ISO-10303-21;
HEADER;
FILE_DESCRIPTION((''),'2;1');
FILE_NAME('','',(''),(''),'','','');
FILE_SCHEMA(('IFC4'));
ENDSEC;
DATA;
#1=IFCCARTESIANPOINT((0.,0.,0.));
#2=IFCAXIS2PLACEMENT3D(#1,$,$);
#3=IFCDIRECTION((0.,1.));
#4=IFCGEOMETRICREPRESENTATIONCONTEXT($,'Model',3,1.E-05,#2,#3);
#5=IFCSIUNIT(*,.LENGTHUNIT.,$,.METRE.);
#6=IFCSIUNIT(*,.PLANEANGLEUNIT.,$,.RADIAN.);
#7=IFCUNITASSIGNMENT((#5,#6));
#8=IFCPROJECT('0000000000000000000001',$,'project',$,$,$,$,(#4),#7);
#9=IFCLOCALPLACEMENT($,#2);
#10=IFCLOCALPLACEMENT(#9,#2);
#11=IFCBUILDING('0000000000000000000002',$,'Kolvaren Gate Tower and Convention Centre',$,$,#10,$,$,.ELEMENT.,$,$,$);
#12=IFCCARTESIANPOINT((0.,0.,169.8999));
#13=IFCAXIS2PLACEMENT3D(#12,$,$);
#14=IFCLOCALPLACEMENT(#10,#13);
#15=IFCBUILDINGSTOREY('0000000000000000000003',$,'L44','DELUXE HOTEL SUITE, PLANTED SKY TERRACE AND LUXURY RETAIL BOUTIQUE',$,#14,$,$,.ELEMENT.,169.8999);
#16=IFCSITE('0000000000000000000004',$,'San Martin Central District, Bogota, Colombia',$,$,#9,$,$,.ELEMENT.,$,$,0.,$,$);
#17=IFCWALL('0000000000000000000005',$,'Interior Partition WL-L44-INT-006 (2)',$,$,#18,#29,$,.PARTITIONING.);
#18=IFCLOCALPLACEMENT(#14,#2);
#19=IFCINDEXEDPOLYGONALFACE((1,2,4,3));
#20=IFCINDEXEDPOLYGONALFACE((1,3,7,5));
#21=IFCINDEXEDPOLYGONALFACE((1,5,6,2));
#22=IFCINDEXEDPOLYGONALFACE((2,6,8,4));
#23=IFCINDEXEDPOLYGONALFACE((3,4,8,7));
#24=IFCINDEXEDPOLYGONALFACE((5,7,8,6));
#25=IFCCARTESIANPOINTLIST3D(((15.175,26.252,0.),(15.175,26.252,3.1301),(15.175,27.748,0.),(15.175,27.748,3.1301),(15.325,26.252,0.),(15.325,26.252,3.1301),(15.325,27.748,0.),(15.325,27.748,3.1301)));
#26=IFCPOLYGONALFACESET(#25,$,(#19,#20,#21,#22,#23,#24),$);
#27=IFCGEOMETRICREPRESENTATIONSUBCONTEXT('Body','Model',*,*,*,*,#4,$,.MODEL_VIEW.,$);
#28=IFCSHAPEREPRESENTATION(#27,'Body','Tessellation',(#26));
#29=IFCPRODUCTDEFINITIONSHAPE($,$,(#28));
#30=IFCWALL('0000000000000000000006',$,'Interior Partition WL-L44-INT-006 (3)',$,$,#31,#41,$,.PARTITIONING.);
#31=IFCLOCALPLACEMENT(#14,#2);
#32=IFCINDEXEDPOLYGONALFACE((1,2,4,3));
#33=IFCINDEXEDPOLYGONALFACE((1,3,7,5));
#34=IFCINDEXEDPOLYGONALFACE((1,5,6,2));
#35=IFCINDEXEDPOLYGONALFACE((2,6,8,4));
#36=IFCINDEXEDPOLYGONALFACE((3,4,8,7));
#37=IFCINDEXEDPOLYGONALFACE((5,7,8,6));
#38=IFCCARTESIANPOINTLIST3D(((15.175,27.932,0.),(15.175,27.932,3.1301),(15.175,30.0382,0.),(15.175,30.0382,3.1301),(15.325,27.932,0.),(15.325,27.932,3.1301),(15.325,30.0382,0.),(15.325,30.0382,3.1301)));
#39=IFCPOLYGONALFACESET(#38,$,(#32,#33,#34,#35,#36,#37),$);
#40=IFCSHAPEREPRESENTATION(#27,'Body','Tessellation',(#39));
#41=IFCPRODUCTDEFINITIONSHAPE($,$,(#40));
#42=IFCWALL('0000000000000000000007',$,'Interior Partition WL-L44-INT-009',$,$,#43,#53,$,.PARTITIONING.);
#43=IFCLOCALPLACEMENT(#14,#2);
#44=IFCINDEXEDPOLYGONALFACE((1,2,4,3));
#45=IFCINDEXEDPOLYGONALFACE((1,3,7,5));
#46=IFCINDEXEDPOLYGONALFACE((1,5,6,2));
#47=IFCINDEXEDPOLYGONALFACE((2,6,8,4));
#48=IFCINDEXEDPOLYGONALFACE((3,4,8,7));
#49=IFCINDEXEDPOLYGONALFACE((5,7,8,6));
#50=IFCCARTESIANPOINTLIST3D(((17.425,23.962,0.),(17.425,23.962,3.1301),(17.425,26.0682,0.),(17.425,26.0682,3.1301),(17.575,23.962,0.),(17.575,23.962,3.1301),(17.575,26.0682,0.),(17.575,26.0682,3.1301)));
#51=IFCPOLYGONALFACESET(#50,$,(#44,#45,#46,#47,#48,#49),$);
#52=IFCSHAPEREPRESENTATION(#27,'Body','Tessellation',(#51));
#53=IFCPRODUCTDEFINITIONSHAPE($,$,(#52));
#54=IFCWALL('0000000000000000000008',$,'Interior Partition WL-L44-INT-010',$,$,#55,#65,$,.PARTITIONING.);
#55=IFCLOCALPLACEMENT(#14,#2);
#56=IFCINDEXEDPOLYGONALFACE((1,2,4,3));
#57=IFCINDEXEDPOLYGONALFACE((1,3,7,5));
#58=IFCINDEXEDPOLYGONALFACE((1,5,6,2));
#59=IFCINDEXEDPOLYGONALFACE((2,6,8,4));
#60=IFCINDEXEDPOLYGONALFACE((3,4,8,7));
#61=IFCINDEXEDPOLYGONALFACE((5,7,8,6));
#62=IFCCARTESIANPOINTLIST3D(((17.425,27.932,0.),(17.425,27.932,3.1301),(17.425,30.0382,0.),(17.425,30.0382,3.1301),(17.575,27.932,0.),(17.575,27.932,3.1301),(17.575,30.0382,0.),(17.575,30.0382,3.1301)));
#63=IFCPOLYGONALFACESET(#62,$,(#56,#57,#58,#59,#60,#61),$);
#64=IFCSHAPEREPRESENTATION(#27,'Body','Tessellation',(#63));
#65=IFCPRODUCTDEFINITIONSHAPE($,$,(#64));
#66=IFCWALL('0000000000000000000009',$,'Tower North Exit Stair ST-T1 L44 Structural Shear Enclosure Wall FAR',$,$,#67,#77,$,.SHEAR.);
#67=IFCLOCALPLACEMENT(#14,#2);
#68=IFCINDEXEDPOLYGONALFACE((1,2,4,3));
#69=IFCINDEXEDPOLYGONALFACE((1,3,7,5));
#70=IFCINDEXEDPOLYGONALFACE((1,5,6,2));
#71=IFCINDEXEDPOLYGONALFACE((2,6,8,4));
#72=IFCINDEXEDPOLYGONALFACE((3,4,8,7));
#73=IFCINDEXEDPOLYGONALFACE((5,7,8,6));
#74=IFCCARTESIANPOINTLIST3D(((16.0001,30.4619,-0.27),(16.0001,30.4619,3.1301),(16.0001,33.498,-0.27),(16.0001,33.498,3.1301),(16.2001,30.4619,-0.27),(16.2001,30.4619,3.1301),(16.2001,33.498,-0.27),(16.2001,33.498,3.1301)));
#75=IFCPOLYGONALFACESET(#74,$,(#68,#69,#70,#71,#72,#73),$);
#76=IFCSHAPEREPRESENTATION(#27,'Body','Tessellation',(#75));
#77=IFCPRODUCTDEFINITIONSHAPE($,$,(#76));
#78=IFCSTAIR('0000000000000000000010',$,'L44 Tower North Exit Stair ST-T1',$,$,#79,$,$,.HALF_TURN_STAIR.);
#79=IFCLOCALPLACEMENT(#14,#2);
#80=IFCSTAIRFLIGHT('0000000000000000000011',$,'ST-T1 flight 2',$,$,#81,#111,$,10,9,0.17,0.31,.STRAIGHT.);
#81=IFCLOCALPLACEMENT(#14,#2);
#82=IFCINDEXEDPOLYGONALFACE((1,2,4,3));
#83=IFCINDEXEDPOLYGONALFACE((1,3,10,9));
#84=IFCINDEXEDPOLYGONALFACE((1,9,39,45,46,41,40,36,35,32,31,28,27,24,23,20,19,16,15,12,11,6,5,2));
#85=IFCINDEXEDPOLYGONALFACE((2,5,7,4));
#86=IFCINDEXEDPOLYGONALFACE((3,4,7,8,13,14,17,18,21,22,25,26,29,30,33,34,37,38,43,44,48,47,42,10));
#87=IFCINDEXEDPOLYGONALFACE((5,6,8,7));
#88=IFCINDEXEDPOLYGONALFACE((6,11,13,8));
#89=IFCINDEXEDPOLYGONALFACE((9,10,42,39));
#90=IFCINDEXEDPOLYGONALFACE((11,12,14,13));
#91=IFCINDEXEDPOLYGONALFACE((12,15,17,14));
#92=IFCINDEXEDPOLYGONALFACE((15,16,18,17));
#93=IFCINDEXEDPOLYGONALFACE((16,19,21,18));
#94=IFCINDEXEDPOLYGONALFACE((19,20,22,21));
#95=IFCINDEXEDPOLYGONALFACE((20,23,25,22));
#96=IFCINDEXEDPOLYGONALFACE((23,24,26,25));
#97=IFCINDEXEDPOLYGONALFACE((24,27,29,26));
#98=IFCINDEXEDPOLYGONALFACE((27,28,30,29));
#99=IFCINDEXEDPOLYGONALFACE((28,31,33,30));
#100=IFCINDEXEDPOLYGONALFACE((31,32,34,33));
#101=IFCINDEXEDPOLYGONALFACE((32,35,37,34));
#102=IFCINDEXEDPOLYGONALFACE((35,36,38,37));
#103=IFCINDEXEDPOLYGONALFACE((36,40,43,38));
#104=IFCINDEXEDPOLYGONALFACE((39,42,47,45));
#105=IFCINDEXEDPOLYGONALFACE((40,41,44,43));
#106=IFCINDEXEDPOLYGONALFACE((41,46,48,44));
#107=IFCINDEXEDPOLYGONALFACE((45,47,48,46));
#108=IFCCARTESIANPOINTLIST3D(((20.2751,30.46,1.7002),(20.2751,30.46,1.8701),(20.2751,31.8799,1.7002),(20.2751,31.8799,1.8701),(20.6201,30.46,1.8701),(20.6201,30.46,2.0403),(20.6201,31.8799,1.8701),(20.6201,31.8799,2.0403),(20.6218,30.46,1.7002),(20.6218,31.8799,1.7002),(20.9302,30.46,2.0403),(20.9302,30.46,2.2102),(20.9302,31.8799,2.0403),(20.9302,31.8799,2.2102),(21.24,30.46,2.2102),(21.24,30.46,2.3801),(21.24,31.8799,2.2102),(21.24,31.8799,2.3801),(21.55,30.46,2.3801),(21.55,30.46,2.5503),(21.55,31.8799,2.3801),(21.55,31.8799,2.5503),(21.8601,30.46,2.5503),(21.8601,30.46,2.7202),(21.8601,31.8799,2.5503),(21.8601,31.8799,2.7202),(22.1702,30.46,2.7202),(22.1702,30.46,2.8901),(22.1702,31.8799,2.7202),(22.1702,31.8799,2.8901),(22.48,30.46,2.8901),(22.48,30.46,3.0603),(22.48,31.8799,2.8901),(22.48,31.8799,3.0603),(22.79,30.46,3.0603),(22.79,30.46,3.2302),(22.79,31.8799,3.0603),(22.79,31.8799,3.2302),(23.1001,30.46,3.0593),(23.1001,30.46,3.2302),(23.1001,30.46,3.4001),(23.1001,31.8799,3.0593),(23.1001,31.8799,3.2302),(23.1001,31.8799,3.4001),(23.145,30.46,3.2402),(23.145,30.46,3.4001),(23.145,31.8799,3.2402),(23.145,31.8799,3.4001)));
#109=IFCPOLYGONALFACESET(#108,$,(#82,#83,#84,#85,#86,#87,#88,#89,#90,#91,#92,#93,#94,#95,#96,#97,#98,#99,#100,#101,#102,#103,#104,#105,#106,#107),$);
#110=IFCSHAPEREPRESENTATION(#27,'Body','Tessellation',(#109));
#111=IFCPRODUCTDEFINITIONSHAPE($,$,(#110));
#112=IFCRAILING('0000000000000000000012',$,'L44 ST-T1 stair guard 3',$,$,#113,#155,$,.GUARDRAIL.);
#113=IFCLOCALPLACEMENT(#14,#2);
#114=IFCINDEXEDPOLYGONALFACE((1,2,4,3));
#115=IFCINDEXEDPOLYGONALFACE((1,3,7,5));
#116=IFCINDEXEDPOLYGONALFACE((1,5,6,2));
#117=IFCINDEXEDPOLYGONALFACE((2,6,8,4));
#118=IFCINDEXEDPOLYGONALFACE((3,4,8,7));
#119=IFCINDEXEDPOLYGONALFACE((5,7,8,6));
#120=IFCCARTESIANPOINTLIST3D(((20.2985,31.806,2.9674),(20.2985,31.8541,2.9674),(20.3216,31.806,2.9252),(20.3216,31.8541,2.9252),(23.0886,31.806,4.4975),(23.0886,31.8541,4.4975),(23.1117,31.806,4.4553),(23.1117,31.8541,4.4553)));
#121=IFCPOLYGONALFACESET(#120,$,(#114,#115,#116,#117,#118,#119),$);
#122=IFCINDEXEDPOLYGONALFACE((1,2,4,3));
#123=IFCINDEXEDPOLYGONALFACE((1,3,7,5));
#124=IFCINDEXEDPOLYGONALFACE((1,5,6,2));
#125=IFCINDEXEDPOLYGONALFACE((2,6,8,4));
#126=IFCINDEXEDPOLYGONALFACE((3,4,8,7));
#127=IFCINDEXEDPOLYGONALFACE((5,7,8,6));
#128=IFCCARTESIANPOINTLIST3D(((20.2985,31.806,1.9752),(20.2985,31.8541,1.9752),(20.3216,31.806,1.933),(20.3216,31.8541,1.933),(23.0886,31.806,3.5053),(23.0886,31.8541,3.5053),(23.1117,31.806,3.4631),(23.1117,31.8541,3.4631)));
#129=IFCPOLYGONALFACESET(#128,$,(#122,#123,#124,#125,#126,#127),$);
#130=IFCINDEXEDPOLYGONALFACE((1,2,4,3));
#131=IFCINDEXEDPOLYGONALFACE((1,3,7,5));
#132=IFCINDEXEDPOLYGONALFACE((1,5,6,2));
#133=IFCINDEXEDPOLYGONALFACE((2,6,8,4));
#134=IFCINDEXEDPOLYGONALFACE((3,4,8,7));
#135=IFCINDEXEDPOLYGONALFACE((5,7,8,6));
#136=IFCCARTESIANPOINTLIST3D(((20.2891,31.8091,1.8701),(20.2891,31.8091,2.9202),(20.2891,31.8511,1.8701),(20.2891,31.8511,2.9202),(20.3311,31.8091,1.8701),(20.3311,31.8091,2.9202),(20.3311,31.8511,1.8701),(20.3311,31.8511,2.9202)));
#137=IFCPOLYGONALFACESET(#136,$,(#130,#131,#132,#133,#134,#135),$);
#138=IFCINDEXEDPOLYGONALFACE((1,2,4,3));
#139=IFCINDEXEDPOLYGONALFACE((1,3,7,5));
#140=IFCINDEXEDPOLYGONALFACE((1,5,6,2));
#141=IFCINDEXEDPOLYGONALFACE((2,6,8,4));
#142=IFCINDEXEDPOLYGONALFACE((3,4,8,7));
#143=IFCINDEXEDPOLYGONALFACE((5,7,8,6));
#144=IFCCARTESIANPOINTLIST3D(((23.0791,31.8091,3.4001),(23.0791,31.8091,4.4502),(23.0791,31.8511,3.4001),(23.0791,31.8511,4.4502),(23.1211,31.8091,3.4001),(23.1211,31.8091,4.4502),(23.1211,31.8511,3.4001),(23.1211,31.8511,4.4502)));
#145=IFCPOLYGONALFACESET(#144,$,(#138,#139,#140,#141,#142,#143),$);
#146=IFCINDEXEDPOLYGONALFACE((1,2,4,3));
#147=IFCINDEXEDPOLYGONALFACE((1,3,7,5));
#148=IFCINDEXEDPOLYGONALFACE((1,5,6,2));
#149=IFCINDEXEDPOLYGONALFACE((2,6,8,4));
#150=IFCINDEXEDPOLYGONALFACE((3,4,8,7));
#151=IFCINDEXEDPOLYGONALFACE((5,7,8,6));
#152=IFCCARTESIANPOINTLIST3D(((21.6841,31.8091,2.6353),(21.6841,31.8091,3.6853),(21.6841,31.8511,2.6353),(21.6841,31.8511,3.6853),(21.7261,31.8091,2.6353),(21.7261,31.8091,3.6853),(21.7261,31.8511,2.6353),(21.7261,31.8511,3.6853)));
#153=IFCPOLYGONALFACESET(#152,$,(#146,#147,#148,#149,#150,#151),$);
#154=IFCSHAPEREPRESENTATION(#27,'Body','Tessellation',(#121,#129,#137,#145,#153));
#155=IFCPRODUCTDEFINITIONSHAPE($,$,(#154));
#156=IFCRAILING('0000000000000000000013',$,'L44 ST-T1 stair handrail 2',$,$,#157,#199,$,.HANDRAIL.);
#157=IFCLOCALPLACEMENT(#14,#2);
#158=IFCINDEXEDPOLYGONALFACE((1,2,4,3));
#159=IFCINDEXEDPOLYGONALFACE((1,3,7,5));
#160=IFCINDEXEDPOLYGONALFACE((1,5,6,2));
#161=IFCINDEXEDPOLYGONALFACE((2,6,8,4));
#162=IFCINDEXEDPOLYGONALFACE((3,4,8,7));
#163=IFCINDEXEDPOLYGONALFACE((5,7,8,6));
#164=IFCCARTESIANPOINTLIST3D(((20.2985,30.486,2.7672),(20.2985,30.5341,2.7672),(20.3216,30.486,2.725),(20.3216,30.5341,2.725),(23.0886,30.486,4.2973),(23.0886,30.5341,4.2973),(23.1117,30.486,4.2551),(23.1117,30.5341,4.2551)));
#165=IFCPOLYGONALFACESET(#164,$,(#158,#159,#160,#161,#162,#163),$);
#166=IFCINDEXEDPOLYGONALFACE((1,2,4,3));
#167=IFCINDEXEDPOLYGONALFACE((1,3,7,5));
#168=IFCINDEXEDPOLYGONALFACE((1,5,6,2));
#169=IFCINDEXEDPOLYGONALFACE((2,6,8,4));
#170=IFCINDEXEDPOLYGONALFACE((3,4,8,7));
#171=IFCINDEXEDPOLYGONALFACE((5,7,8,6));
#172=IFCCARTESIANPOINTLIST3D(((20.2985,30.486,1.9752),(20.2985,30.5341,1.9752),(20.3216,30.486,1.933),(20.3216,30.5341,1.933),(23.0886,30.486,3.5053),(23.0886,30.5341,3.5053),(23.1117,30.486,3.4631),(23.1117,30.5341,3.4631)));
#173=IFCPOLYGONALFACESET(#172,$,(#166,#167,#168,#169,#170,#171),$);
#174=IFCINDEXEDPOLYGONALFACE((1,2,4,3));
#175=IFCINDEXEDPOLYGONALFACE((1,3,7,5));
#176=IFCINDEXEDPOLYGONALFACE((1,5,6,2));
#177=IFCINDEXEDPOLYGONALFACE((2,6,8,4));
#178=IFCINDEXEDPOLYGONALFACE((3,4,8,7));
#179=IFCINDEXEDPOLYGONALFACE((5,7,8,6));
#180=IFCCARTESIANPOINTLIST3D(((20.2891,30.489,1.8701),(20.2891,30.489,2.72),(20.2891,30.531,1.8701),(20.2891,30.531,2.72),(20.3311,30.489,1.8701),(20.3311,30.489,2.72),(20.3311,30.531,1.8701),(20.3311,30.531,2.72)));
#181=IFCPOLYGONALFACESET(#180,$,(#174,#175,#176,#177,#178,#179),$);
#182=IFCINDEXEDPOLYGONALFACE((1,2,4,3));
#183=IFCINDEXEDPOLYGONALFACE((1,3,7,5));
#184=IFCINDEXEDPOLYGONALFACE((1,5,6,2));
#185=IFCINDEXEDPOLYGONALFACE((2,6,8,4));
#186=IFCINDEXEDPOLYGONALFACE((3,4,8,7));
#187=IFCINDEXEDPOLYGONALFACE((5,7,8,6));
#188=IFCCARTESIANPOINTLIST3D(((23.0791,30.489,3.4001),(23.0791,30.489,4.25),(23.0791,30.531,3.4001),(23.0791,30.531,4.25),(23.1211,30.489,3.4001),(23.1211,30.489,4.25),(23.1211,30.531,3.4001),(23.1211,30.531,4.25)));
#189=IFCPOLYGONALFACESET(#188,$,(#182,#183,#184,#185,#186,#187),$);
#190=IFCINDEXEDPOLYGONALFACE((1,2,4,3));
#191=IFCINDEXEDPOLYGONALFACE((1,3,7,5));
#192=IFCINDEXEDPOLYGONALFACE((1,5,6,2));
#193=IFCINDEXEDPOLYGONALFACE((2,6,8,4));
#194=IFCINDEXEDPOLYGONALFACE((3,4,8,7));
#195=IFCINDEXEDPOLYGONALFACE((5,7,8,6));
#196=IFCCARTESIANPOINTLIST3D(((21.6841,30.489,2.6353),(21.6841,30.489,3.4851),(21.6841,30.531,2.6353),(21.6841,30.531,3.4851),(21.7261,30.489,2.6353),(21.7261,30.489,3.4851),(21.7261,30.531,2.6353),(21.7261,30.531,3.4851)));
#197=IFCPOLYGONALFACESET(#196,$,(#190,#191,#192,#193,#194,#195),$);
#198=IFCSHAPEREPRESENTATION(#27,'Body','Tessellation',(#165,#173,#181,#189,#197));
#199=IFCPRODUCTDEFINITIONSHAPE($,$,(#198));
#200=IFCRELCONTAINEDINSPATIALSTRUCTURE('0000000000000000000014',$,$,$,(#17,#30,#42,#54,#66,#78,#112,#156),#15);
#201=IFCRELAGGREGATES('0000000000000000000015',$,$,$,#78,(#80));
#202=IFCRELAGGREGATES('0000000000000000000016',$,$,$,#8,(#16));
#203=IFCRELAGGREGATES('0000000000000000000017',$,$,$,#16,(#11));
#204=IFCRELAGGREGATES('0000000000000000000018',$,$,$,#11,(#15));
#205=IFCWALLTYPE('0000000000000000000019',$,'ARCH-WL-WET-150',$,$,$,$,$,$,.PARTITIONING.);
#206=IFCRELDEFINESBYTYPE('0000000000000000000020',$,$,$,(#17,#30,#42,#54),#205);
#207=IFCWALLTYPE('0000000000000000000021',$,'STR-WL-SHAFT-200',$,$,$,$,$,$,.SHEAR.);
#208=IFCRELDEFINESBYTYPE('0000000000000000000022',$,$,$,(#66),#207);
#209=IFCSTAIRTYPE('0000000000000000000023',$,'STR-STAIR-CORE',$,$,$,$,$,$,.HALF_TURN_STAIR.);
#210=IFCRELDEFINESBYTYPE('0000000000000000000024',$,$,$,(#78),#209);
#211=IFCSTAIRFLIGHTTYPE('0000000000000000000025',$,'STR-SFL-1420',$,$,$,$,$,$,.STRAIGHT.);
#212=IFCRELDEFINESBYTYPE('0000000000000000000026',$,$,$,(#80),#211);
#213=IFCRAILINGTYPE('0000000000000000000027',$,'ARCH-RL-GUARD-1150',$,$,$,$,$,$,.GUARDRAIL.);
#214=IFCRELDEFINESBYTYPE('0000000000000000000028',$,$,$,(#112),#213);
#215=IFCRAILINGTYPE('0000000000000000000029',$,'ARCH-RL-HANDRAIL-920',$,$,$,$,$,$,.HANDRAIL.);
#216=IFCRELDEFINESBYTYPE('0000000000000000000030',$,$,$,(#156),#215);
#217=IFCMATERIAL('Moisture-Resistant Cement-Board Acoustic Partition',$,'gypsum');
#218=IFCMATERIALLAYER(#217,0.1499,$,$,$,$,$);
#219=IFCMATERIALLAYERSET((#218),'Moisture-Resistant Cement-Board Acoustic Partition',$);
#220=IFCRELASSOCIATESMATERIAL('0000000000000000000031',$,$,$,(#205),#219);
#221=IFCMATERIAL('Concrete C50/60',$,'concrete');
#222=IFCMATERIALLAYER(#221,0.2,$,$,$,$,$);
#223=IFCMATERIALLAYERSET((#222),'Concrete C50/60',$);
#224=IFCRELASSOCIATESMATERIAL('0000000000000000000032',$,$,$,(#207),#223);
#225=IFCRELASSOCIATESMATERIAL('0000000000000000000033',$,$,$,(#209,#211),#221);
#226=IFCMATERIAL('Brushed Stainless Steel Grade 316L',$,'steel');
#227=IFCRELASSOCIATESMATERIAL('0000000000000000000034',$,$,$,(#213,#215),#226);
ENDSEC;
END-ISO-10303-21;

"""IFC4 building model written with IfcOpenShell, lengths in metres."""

from ifc_helpers import new_model, si_unit, direction, frame, frame_2d, origin, origin_2d, place, context, subcontext, project, spatial, polyline, rectangle, outline, extrude, material, layer, layer_set, type_object, element, aggregate, save


model = new_model("IFC4")

# Units and contexts
model_context = context("Model", 3, precision=1e-05, world=origin(), true_north=direction((0.0, 1.0)))
body_context = subcontext(model_context, "Body", "Model", "MODEL_VIEW")
ifc_project = project(units=[si_unit("LENGTHUNIT", "METRE"), si_unit("PLANEANGLEUNIT", "RADIAN")], contexts=[model_context])

# Site, building, storey
site_placement = place(None, origin())
site = spatial("IfcSite", under=ifc_project, at=site_placement, Name="San Martin Central District, Bogota, Colombia", CompositionType="ELEMENT", RefElevation=0.0)
building_placement = place(site_placement, origin())
building = spatial("IfcBuilding", under=site, at=building_placement, Name="Kolvaren Gate Tower and Convention Centre", CompositionType="ELEMENT")
storey_placement = place(building_placement, frame((0.0, 0.0, 169.8999)))
storey = spatial("IfcBuildingStorey", under=building, at=storey_placement, Name="L44", Description="DELUXE HOTEL SUITE, PLANTED SKY TERRACE AND LUXURY RETAIL BOUTIQUE", CompositionType="ELEMENT", Elevation=169.8999)

# Walls
ifc_material_1 = material(Name="Moisture-Resistant Cement-Board Acoustic Partition", Category="gypsum")
ifc_layer_1 = layer(ifc_material_1, 0.1499)
ifc_layer_set_1 = layer_set([ifc_layer_1], Name="Moisture-Resistant Cement-Board Acoustic Partition")
wall_type_1 = type_object("IfcWallType", Name="ARCH-WL-WET-150", PredefinedType="PARTITIONING", material=ifc_layer_set_1)
wall_1_placement = place(storey_placement, frame((15.25, 26.252, 0.0), z_axis=(0.0, 0.0, 1.0), x_axis=(0.0, 1.0, 0.0)))
element("IfcWall", 1, at=wall_1_placement, inside=storey, type_object=wall_type_1, Name="Interior Partition WL-L44-INT-006 (2)", PredefinedType="PARTITIONING", context=body_context, shape_type="SweptSolid", body=[
    extrude(rectangle(XDim=1.4961, YDim=0.1499, at=frame_2d((0.748, 0.0))), origin(), (0.0, 0.0, 1.0), 3.1301),
])
for number, where, z_axis, x_axis, name in (
    (2, (15.25, 27.9319, 0.0), (0.0, 0.0, 1.0), (0.0, 1.0, 0.0), "Interior Partition WL-L44-INT-006 (3)"),
    (3, (17.5, 23.9619, 0.0), (0.0, 0.0, 1.0), (0.0, 1.0, 0.0), "Interior Partition WL-L44-INT-009"),
    (4, (17.5, 27.9319, 0.0), (0.0, 0.0, 1.0), (0.0, 1.0, 0.0), "Interior Partition WL-L44-INT-010"),
):
    element("IfcWall", number, at=place(storey_placement, frame(where, z_axis=z_axis, x_axis=x_axis)), inside=storey, type_object=wall_type_1, Name=name, PredefinedType="PARTITIONING", context=body_context, shape_type="SweptSolid", body=[
        extrude(rectangle(XDim=2.1062, YDim=0.1499, at=frame_2d((1.0532, 0.0))), origin(), (0.0, 0.0, 1.0), 3.1301),
    ])
ifc_material_2 = material(Name="Concrete C50/60", Category="concrete")
ifc_layer_2 = layer(ifc_material_2, 0.2)
ifc_layer_set_2 = layer_set([ifc_layer_2], Name="Concrete C50/60")
wall_type_2 = type_object("IfcWallType", Name="STR-WL-SHAFT-200", PredefinedType="SHEAR", material=ifc_layer_set_2)
wall_2_placement = place(storey_placement, frame((16.1001, 30.4619, -0.27), z_axis=(0.0, 0.0, 1.0), x_axis=(0.0, 1.0, 0.0)))
element("IfcWall", 5, at=wall_2_placement, inside=storey, type_object=wall_type_2, Name="Tower North Exit Stair ST-T1 L44 Structural Shear Enclosure Wall FAR", PredefinedType="SHEAR", context=body_context, shape_type="SweptSolid", body=[
    extrude(rectangle(XDim=3.0361, YDim=0.2, at=frame_2d((1.5181, 0.0))), origin(), (0.0, 0.0, 1.0), 3.4001),
])

# Stair, stair flight
stair_type = type_object("IfcStairType", Name="STR-STAIR-CORE", PredefinedType="HALF_TURN_STAIR", material=ifc_material_2)
stair_placement = place(storey_placement, origin())
stair = element("IfcStair", 6, at=stair_placement, inside=storey, type_object=stair_type, Name="L44 Tower North Exit Stair ST-T1", PredefinedType="HALF_TURN_STAIR")
stair_flight_type = type_object("IfcStairFlightType", Name="STR-SFL-1420", PredefinedType="STRAIGHT", material=ifc_material_2)
stair_flight_placement = place(storey_placement, frame((20.3101, 31.1699, 1.7002), z_axis=(0.0, 0.0, 1.0), x_axis=(1.0, 0.0, 0.0)))
stair_flight = element("IfcStairFlight", 7, at=stair_flight_placement, type_object=stair_flight_type, Name="ST-T1 flight 2", NumberOfRisers=10, NumberOfTreads=9, PredefinedType="STRAIGHT", RiserHeight=0.17, TreadLength=0.31, context=body_context, shape_type="SweptSolid", body=[
    extrude(outline(polyline([(-0.0349, 0.0), (-0.0349, 0.1699), (0.3101, 0.1699), (0.3101, 0.3401), (0.6201, 0.3401), (0.6201, 0.51), (0.9299, 0.51), (0.9299, 0.6799), (1.24, 0.6799), (1.24, 0.8501), (1.55, 0.8501), (1.55, 1.02), (1.8601, 1.02), (1.8601, 1.1899), (2.1699, 1.1899), (2.1699, 1.3601), (2.48, 1.3601), (2.48, 1.53), (2.79, 1.53), (2.79, 1.7), (2.835, 1.7), (2.835, 1.54), (2.79, 1.3591), (0.3118, 0.0), (-0.0349, 0.0)])), frame((0.0, 0.71, 0.0), z_axis=(0.0, -1.0, 0.0), x_axis=(1.0, 0.0, 0.0)), (0.0, 0.0, 1.0), 1.4199),
])
aggregate(stair, [stair_flight])

# Railings
ifc_material_3 = material(Name="Brushed Stainless Steel Grade 316L", Category="steel")
railing_type_1 = type_object("IfcRailingType", Name="ARCH-RL-GUARD-1150", PredefinedType="GUARDRAIL", material=ifc_material_3)
railing_1_placement = place(storey_placement, frame((20.3101, 31.8301, 1.8701)))
element("IfcRailing", 8, at=railing_1_placement, inside=storey, type_object=railing_type_1, Name="L44 ST-T1 stair guard 3", PredefinedType="GUARDRAIL", context=body_context, shape_type="SweptSolid", body=[
    extrude(rectangle(XDim=0.0481, YDim=0.0481, at=origin_2d()), frame((0.0, 0.0, 1.0762), z_axis=(0.876811, 0.0, 0.480835), x_axis=(0.0, 1.0, 0.0)), (0.0, 0.0, 1.0), 3.1821),
    extrude(rectangle(XDim=0.0481, YDim=0.0481, at=origin_2d()), frame((0.0, 0.0, 0.084), z_axis=(0.876811, 0.0, 0.480835), x_axis=(0.0, 1.0, 0.0)), (0.0, 0.0, 1.0), 3.1821),
    extrude(rectangle(XDim=0.042, YDim=0.042, at=origin_2d()), origin(), (0.0, 0.0, 1.0), 1.05),
    extrude(rectangle(XDim=0.042, YDim=0.042, at=origin_2d()), frame((2.79, 0.0, 1.53)), (0.0, 0.0, 1.0), 1.05),
    extrude(rectangle(XDim=0.042, YDim=0.042, at=origin_2d()), frame((1.395, 0.0, 0.7651)), (0.0, 0.0, 1.0), 1.05),
])
railing_type_2 = type_object("IfcRailingType", Name="ARCH-RL-HANDRAIL-920", PredefinedType="HANDRAIL", material=ifc_material_3)
railing_2_placement = place(storey_placement, frame((20.3101, 30.51, 1.8701)))
element("IfcRailing", 9, at=railing_2_placement, inside=storey, type_object=railing_type_2, Name="L44 ST-T1 stair handrail 2", PredefinedType="HANDRAIL", context=body_context, shape_type="SweptSolid", body=[
    extrude(rectangle(XDim=0.0481, YDim=0.0481, at=origin_2d()), frame((0.0, 0.0, 0.876), z_axis=(0.876811, 0.0, 0.480835), x_axis=(0.0, 1.0, 0.0)), (0.0, 0.0, 1.0), 3.1821),
    extrude(rectangle(XDim=0.0481, YDim=0.0481, at=origin_2d()), frame((0.0, 0.0, 0.084), z_axis=(0.876811, 0.0, 0.480835), x_axis=(0.0, 1.0, 0.0)), (0.0, 0.0, 1.0), 3.1821),
    extrude(rectangle(XDim=0.042, YDim=0.042, at=origin_2d()), origin(), (0.0, 0.0, 1.0), 0.8499),
    extrude(rectangle(XDim=0.042, YDim=0.042, at=origin_2d()), frame((2.79, 0.0, 1.53)), (0.0, 0.0, 1.0), 0.8499),
    extrude(rectangle(XDim=0.042, YDim=0.042, at=origin_2d()), frame((1.395, 0.0, 0.7651)), (0.0, 0.0, 1.0), 0.8499),
])

save(model, "model.ifc")
